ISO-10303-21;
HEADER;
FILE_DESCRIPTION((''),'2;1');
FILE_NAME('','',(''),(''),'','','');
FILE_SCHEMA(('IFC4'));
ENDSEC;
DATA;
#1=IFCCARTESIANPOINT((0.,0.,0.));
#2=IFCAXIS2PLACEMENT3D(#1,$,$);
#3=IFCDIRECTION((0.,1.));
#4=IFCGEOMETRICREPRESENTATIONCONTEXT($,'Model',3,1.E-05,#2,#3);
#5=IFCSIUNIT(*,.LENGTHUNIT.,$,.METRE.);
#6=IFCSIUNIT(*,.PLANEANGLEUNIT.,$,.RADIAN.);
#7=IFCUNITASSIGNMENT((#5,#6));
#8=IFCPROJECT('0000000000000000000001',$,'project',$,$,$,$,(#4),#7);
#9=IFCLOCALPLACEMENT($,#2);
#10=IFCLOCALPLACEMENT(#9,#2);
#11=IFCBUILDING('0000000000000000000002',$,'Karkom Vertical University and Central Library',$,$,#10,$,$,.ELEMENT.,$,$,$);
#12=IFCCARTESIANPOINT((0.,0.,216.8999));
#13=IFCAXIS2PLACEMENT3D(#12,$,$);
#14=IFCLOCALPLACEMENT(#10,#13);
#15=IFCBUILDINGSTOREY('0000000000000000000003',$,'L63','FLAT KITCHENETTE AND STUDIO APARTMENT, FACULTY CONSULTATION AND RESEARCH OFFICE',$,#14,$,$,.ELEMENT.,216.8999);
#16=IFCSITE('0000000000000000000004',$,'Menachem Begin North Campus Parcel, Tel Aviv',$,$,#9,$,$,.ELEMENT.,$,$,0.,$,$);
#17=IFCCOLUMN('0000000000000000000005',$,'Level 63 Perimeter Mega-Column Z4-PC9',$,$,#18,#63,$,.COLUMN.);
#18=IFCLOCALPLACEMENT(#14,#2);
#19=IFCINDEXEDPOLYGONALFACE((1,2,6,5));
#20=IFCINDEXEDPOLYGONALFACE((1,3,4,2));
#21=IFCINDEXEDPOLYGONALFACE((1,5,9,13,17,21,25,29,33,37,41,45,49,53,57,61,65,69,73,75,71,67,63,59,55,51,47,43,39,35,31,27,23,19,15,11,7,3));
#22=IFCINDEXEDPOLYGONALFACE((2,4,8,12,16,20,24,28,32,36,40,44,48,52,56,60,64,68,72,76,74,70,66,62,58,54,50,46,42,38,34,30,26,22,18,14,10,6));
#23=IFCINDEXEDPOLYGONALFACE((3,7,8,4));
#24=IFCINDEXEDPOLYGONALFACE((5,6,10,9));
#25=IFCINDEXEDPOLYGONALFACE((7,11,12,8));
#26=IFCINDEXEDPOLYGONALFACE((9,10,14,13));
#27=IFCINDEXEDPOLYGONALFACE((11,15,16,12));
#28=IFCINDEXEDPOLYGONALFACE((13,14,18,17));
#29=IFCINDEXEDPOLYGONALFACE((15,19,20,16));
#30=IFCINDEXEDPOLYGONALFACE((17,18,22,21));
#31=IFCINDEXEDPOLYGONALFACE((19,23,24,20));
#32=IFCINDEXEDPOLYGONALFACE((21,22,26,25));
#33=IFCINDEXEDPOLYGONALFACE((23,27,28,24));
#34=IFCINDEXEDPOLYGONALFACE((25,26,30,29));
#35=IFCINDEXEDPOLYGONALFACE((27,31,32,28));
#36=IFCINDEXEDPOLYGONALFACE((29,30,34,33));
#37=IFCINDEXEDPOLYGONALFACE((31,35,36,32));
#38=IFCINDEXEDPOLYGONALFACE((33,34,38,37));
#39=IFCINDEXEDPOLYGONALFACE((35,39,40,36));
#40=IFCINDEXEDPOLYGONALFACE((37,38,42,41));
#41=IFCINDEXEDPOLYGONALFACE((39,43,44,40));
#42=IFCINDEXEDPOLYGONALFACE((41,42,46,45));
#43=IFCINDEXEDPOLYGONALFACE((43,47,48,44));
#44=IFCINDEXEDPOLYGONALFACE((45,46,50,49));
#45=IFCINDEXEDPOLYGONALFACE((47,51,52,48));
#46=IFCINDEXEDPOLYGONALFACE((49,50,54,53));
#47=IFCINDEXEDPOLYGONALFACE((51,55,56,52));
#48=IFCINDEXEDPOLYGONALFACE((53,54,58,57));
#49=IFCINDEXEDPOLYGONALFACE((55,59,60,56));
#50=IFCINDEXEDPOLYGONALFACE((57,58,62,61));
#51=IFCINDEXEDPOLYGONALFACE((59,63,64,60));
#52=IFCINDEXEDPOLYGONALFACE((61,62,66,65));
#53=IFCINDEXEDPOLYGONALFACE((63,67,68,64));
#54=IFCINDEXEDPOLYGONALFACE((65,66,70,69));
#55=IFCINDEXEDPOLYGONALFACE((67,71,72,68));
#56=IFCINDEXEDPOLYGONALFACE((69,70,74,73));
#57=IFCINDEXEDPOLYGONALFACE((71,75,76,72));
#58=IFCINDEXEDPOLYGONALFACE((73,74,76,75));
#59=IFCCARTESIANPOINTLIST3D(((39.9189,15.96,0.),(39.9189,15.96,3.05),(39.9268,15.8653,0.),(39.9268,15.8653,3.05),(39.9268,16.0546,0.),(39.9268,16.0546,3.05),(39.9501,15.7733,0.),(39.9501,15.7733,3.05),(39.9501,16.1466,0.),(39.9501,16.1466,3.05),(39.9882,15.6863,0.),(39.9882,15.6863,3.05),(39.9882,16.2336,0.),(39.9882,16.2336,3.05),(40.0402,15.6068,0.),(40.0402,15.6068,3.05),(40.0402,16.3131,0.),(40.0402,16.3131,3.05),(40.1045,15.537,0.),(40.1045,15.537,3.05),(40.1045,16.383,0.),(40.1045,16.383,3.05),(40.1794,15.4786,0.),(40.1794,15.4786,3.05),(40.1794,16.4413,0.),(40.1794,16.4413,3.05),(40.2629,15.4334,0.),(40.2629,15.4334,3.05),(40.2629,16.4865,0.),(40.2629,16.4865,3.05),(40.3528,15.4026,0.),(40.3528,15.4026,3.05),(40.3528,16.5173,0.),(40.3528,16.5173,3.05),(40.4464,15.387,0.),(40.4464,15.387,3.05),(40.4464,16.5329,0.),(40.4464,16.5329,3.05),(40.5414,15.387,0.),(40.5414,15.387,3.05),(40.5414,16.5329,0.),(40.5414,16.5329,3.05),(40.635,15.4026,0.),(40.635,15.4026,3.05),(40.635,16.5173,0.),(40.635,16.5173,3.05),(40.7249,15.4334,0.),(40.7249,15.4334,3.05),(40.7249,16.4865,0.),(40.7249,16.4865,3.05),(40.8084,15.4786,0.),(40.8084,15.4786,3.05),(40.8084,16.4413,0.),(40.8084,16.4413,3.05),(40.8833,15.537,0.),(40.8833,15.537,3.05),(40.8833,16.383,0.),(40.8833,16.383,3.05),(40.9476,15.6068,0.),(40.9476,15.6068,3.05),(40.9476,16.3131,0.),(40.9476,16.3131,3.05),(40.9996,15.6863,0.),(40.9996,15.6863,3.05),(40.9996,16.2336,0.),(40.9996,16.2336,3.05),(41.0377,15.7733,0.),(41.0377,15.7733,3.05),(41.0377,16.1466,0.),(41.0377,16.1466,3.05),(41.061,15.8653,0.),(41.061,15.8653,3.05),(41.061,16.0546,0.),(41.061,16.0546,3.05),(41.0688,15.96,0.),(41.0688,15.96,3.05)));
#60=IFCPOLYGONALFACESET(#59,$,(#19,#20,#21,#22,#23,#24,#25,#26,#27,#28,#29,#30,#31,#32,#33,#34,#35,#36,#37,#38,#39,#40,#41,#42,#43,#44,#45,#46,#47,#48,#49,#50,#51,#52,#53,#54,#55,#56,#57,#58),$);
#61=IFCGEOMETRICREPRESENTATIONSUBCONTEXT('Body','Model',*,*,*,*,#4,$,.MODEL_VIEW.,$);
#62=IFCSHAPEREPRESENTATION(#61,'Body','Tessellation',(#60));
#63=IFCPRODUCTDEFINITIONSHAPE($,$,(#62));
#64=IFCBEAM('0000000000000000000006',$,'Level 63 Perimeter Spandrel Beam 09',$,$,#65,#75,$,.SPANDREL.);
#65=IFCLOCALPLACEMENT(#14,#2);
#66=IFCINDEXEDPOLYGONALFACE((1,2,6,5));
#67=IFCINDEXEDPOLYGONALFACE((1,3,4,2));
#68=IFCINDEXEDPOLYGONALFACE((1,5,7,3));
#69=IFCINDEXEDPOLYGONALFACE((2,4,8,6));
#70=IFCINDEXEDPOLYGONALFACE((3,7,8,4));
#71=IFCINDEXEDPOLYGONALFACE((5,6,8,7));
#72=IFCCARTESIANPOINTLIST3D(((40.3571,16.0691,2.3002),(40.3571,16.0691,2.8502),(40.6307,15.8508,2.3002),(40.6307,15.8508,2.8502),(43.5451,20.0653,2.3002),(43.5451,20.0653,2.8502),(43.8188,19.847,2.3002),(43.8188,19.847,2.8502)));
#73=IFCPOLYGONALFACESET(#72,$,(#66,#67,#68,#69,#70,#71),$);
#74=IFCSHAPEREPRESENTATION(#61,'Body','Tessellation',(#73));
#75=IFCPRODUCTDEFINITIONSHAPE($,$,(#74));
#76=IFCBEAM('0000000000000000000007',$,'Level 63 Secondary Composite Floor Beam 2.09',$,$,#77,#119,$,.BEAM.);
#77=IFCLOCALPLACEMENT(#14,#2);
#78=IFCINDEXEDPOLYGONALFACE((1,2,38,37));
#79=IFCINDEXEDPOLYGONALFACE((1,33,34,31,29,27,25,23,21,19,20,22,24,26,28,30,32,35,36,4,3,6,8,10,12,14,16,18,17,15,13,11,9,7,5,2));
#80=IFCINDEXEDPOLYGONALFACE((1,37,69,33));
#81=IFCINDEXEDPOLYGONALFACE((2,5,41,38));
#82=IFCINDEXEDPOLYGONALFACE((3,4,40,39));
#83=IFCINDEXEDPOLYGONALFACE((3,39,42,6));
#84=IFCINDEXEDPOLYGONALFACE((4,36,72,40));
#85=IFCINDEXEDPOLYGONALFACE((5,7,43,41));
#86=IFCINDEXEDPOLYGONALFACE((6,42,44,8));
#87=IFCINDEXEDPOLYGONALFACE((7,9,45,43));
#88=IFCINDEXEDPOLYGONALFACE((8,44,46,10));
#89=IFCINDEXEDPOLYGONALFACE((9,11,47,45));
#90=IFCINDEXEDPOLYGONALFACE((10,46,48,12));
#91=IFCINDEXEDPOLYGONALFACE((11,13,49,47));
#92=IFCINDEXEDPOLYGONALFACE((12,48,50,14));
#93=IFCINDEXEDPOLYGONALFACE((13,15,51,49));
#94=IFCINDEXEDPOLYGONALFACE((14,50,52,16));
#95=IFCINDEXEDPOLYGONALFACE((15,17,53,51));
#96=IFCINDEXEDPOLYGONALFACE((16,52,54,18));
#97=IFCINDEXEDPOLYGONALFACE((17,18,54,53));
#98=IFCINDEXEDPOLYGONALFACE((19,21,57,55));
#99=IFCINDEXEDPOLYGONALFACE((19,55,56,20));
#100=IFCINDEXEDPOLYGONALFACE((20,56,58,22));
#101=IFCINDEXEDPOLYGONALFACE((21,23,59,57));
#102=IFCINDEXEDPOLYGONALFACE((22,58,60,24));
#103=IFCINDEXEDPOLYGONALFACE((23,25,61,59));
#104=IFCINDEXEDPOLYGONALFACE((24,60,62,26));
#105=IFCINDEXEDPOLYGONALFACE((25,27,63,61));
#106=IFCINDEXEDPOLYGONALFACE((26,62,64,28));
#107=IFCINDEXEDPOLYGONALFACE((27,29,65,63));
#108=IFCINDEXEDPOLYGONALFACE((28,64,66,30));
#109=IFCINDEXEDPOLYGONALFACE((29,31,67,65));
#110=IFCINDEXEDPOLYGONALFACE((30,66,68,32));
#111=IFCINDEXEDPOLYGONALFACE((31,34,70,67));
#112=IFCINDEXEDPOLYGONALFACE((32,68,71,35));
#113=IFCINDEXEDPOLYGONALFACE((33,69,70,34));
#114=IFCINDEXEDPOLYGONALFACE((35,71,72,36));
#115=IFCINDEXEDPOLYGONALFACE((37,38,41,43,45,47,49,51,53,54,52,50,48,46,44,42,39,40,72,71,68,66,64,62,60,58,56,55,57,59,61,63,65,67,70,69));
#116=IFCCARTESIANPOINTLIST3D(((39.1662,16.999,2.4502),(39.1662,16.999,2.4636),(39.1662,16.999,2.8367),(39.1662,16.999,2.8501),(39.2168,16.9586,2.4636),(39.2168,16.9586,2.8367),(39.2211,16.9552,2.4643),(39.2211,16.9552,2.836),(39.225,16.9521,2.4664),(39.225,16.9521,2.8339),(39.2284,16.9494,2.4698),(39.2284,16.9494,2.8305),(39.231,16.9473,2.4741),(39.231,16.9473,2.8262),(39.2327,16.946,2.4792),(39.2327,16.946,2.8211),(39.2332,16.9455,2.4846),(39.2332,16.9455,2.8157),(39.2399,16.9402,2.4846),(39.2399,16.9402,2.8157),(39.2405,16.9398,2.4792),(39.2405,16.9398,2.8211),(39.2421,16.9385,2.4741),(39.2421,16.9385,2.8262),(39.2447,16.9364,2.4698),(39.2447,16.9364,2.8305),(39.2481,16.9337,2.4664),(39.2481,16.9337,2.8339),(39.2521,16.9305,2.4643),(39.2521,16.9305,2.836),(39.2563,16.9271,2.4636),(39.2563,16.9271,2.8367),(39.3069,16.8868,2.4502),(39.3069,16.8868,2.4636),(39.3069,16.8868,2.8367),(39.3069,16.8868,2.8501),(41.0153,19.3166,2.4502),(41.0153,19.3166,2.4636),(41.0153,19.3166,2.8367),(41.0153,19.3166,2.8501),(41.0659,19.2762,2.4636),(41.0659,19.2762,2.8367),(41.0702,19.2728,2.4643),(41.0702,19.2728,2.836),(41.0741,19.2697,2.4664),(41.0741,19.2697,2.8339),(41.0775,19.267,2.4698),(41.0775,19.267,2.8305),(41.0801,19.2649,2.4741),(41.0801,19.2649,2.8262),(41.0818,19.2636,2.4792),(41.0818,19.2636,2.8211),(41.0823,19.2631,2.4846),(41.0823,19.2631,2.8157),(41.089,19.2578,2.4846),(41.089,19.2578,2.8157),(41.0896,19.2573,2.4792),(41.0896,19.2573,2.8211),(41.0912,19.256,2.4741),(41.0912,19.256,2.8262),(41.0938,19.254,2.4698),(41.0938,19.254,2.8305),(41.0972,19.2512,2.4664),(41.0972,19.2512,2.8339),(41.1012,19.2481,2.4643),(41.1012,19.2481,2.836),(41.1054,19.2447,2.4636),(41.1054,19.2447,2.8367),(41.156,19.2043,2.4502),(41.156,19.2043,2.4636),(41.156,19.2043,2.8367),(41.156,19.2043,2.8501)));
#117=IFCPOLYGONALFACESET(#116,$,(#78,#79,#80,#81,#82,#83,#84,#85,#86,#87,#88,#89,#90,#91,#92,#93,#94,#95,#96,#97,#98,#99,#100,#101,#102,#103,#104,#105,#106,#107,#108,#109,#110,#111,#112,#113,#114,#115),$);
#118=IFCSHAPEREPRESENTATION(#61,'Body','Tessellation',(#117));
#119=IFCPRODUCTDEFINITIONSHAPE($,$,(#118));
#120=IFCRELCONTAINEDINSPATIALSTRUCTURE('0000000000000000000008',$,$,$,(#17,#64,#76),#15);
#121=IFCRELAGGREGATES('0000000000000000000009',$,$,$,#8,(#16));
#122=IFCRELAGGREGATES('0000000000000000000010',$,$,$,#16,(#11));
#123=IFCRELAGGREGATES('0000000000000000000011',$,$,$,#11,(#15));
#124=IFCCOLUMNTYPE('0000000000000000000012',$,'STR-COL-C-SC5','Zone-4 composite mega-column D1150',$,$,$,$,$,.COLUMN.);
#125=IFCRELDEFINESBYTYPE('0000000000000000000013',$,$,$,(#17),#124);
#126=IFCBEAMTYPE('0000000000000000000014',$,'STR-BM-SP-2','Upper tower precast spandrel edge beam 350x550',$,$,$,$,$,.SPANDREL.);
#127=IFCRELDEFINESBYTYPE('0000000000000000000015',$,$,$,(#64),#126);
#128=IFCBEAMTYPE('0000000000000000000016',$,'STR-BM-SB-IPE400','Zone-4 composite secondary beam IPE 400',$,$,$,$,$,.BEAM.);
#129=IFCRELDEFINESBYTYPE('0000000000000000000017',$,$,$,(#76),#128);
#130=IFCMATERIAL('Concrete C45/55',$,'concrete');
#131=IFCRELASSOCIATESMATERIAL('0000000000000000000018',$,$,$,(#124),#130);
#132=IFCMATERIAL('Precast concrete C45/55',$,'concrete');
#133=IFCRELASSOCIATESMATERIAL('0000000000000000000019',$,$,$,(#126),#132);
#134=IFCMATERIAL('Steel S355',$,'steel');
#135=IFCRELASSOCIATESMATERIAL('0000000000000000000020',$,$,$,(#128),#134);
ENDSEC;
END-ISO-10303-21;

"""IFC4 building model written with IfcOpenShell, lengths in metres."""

from ifc_helpers import new_model, si_unit, direction, frame, origin, origin_with_axes, origin_2d, place, context, subcontext, project, spatial, rectangle, circle, i_section, extrude, source, transform, mapped, material, material_profile, profile_set, type_object, element, save


model = new_model("IFC4")

# Units and contexts
model_context = context("Model", 3, precision=1e-05, world=origin(), true_north=direction((0.0, 1.0)))
body_context = subcontext(model_context, "Body", "Model", "MODEL_VIEW")
ifc_project = project(units=[si_unit("LENGTHUNIT", "METRE"), si_unit("PLANEANGLEUNIT", "RADIAN")], contexts=[model_context])

# Site, building, storey
site_placement = place(None, origin())
site = spatial("IfcSite", under=ifc_project, at=site_placement, Name="Menachem Begin North Campus Parcel, Tel Aviv", CompositionType="ELEMENT", RefElevation=0.0)
building_placement = place(site_placement, origin())
building = spatial("IfcBuilding", under=site, at=building_placement, Name="Karkom Vertical University and Central Library", CompositionType="ELEMENT")
storey_placement = place(building_placement, frame((0.0, 0.0, 216.8999)))
storey = spatial("IfcBuildingStorey", under=building, at=storey_placement, Name="L63", Description="FLAT KITCHENETTE AND STUDIO APARTMENT, FACULTY CONSULTATION AND RESEARCH OFFICE", CompositionType="ELEMENT", Elevation=216.8999)

# Column
ifc_material_1 = material(Name="Concrete C45/55", Category="concrete")
ifc_material_profile_1 = material_profile(ifc_material_1, circle(Radius=0.575, at=origin_2d()), Name="CFT-D1150")
ifc_profile_set_1 = profile_set([ifc_material_profile_1], Name="Concrete C45/55")
column_type = type_object("IfcColumnType", Name="STR-COL-C-SC5", Description="Zone-4 composite mega-column D1150", PredefinedType="COLUMN", material=ifc_profile_set_1)
shared_shape_1 = source(origin_with_axes(), body_context, "Body", "SweptSolid", [
    extrude(circle(Radius=0.575, at=origin_2d()), origin(), (0.0, 0.0, 1.0), 3.05),
])
column_placement = place(storey_placement, frame((40.4939, 15.96, 0.0), z_axis=(0.0, 0.0, 1.0), x_axis=(1.0, 0.0, 0.0)))
element("IfcColumn", 1, at=column_placement, inside=storey, type_object=column_type, Name="Level 63 Perimeter Mega-Column Z4-PC9", PredefinedType="COLUMN", context=body_context, shape_type="MappedRepresentation", body=[
    mapped(shared_shape_1, transform((0.0, 0.0, 0.0), scale=1.0)),
])

# Beams
ifc_material_2 = material(Name="Precast concrete C45/55", Category="concrete")
ifc_material_profile_2 = material_profile(ifc_material_2, rectangle(XDim=0.3501, YDim=0.55, at=origin_2d()), Name="SPB-350x550")
ifc_profile_set_2 = profile_set([ifc_material_profile_2], Name="Precast concrete C45/55")
beam_type_1 = type_object("IfcBeamType", Name="STR-BM-SP-2", Description="Upper tower precast spandrel edge beam 350x550", PredefinedType="SPANDREL", material=ifc_profile_set_2)
shared_shape_2 = source(origin_with_axes(), body_context, "Body", "SweptSolid", [
    extrude(rectangle(XDim=0.3501, YDim=0.55, at=origin_2d()), origin(), (0.0, 0.0, 1.0), 5.1121),
])
beam_1_placement = place(storey_placement, frame((40.4939, 15.96, 2.5752), z_axis=(0.623634, 0.781716, 0.0), x_axis=(-0.781716, 0.623634, 0.0)))
element("IfcBeam", 2, at=beam_1_placement, inside=storey, type_object=beam_type_1, Name="Level 63 Perimeter Spandrel Beam 09", PredefinedType="SPANDREL", context=body_context, shape_type="MappedRepresentation", body=[
    mapped(shared_shape_2, transform((0.0, 0.0, 0.0), scale=1.0)),
])
ifc_material_3 = material(Name="Steel S355", Category="steel")
ifc_material_profile_3 = material_profile(ifc_material_3, i_section(OverallWidth=0.1799, OverallDepth=0.3999, WebThickness=0.0085, FlangeThickness=0.0134, FilletRadius=0.021, at=origin_2d()), Name="IPE 400")
ifc_profile_set_3 = profile_set([ifc_material_profile_3], Name="Steel S355")
beam_type_2 = type_object("IfcBeamType", Name="STR-BM-SB-IPE400", Description="Zone-4 composite secondary beam IPE 400", PredefinedType="BEAM", material=ifc_profile_set_3)
shared_shape_3 = source(origin_with_axes(), body_context, "Body", "SweptSolid", [
    extrude(i_section(OverallWidth=0.1799, OverallDepth=0.3999, WebThickness=0.0085, FlangeThickness=0.0134, FilletRadius=0.021, at=origin_2d()), origin(), (0.0, 0.0, 1.0), 2.9648),
])
beam_2_placement = place(storey_placement, frame((39.2366, 16.9429, 2.6501), z_axis=(0.62367, 0.781688, 0.0), x_axis=(-0.781688, 0.62367, 0.0)))
element("IfcBeam", 3, at=beam_2_placement, inside=storey, type_object=beam_type_2, Name="Level 63 Secondary Composite Floor Beam 2.09", PredefinedType="BEAM", context=body_context, shape_type="MappedRepresentation", body=[
    mapped(shared_shape_3, transform((0.0, 0.0, 0.0), scale=1.0)),
])

save(model, "model.ifc")
